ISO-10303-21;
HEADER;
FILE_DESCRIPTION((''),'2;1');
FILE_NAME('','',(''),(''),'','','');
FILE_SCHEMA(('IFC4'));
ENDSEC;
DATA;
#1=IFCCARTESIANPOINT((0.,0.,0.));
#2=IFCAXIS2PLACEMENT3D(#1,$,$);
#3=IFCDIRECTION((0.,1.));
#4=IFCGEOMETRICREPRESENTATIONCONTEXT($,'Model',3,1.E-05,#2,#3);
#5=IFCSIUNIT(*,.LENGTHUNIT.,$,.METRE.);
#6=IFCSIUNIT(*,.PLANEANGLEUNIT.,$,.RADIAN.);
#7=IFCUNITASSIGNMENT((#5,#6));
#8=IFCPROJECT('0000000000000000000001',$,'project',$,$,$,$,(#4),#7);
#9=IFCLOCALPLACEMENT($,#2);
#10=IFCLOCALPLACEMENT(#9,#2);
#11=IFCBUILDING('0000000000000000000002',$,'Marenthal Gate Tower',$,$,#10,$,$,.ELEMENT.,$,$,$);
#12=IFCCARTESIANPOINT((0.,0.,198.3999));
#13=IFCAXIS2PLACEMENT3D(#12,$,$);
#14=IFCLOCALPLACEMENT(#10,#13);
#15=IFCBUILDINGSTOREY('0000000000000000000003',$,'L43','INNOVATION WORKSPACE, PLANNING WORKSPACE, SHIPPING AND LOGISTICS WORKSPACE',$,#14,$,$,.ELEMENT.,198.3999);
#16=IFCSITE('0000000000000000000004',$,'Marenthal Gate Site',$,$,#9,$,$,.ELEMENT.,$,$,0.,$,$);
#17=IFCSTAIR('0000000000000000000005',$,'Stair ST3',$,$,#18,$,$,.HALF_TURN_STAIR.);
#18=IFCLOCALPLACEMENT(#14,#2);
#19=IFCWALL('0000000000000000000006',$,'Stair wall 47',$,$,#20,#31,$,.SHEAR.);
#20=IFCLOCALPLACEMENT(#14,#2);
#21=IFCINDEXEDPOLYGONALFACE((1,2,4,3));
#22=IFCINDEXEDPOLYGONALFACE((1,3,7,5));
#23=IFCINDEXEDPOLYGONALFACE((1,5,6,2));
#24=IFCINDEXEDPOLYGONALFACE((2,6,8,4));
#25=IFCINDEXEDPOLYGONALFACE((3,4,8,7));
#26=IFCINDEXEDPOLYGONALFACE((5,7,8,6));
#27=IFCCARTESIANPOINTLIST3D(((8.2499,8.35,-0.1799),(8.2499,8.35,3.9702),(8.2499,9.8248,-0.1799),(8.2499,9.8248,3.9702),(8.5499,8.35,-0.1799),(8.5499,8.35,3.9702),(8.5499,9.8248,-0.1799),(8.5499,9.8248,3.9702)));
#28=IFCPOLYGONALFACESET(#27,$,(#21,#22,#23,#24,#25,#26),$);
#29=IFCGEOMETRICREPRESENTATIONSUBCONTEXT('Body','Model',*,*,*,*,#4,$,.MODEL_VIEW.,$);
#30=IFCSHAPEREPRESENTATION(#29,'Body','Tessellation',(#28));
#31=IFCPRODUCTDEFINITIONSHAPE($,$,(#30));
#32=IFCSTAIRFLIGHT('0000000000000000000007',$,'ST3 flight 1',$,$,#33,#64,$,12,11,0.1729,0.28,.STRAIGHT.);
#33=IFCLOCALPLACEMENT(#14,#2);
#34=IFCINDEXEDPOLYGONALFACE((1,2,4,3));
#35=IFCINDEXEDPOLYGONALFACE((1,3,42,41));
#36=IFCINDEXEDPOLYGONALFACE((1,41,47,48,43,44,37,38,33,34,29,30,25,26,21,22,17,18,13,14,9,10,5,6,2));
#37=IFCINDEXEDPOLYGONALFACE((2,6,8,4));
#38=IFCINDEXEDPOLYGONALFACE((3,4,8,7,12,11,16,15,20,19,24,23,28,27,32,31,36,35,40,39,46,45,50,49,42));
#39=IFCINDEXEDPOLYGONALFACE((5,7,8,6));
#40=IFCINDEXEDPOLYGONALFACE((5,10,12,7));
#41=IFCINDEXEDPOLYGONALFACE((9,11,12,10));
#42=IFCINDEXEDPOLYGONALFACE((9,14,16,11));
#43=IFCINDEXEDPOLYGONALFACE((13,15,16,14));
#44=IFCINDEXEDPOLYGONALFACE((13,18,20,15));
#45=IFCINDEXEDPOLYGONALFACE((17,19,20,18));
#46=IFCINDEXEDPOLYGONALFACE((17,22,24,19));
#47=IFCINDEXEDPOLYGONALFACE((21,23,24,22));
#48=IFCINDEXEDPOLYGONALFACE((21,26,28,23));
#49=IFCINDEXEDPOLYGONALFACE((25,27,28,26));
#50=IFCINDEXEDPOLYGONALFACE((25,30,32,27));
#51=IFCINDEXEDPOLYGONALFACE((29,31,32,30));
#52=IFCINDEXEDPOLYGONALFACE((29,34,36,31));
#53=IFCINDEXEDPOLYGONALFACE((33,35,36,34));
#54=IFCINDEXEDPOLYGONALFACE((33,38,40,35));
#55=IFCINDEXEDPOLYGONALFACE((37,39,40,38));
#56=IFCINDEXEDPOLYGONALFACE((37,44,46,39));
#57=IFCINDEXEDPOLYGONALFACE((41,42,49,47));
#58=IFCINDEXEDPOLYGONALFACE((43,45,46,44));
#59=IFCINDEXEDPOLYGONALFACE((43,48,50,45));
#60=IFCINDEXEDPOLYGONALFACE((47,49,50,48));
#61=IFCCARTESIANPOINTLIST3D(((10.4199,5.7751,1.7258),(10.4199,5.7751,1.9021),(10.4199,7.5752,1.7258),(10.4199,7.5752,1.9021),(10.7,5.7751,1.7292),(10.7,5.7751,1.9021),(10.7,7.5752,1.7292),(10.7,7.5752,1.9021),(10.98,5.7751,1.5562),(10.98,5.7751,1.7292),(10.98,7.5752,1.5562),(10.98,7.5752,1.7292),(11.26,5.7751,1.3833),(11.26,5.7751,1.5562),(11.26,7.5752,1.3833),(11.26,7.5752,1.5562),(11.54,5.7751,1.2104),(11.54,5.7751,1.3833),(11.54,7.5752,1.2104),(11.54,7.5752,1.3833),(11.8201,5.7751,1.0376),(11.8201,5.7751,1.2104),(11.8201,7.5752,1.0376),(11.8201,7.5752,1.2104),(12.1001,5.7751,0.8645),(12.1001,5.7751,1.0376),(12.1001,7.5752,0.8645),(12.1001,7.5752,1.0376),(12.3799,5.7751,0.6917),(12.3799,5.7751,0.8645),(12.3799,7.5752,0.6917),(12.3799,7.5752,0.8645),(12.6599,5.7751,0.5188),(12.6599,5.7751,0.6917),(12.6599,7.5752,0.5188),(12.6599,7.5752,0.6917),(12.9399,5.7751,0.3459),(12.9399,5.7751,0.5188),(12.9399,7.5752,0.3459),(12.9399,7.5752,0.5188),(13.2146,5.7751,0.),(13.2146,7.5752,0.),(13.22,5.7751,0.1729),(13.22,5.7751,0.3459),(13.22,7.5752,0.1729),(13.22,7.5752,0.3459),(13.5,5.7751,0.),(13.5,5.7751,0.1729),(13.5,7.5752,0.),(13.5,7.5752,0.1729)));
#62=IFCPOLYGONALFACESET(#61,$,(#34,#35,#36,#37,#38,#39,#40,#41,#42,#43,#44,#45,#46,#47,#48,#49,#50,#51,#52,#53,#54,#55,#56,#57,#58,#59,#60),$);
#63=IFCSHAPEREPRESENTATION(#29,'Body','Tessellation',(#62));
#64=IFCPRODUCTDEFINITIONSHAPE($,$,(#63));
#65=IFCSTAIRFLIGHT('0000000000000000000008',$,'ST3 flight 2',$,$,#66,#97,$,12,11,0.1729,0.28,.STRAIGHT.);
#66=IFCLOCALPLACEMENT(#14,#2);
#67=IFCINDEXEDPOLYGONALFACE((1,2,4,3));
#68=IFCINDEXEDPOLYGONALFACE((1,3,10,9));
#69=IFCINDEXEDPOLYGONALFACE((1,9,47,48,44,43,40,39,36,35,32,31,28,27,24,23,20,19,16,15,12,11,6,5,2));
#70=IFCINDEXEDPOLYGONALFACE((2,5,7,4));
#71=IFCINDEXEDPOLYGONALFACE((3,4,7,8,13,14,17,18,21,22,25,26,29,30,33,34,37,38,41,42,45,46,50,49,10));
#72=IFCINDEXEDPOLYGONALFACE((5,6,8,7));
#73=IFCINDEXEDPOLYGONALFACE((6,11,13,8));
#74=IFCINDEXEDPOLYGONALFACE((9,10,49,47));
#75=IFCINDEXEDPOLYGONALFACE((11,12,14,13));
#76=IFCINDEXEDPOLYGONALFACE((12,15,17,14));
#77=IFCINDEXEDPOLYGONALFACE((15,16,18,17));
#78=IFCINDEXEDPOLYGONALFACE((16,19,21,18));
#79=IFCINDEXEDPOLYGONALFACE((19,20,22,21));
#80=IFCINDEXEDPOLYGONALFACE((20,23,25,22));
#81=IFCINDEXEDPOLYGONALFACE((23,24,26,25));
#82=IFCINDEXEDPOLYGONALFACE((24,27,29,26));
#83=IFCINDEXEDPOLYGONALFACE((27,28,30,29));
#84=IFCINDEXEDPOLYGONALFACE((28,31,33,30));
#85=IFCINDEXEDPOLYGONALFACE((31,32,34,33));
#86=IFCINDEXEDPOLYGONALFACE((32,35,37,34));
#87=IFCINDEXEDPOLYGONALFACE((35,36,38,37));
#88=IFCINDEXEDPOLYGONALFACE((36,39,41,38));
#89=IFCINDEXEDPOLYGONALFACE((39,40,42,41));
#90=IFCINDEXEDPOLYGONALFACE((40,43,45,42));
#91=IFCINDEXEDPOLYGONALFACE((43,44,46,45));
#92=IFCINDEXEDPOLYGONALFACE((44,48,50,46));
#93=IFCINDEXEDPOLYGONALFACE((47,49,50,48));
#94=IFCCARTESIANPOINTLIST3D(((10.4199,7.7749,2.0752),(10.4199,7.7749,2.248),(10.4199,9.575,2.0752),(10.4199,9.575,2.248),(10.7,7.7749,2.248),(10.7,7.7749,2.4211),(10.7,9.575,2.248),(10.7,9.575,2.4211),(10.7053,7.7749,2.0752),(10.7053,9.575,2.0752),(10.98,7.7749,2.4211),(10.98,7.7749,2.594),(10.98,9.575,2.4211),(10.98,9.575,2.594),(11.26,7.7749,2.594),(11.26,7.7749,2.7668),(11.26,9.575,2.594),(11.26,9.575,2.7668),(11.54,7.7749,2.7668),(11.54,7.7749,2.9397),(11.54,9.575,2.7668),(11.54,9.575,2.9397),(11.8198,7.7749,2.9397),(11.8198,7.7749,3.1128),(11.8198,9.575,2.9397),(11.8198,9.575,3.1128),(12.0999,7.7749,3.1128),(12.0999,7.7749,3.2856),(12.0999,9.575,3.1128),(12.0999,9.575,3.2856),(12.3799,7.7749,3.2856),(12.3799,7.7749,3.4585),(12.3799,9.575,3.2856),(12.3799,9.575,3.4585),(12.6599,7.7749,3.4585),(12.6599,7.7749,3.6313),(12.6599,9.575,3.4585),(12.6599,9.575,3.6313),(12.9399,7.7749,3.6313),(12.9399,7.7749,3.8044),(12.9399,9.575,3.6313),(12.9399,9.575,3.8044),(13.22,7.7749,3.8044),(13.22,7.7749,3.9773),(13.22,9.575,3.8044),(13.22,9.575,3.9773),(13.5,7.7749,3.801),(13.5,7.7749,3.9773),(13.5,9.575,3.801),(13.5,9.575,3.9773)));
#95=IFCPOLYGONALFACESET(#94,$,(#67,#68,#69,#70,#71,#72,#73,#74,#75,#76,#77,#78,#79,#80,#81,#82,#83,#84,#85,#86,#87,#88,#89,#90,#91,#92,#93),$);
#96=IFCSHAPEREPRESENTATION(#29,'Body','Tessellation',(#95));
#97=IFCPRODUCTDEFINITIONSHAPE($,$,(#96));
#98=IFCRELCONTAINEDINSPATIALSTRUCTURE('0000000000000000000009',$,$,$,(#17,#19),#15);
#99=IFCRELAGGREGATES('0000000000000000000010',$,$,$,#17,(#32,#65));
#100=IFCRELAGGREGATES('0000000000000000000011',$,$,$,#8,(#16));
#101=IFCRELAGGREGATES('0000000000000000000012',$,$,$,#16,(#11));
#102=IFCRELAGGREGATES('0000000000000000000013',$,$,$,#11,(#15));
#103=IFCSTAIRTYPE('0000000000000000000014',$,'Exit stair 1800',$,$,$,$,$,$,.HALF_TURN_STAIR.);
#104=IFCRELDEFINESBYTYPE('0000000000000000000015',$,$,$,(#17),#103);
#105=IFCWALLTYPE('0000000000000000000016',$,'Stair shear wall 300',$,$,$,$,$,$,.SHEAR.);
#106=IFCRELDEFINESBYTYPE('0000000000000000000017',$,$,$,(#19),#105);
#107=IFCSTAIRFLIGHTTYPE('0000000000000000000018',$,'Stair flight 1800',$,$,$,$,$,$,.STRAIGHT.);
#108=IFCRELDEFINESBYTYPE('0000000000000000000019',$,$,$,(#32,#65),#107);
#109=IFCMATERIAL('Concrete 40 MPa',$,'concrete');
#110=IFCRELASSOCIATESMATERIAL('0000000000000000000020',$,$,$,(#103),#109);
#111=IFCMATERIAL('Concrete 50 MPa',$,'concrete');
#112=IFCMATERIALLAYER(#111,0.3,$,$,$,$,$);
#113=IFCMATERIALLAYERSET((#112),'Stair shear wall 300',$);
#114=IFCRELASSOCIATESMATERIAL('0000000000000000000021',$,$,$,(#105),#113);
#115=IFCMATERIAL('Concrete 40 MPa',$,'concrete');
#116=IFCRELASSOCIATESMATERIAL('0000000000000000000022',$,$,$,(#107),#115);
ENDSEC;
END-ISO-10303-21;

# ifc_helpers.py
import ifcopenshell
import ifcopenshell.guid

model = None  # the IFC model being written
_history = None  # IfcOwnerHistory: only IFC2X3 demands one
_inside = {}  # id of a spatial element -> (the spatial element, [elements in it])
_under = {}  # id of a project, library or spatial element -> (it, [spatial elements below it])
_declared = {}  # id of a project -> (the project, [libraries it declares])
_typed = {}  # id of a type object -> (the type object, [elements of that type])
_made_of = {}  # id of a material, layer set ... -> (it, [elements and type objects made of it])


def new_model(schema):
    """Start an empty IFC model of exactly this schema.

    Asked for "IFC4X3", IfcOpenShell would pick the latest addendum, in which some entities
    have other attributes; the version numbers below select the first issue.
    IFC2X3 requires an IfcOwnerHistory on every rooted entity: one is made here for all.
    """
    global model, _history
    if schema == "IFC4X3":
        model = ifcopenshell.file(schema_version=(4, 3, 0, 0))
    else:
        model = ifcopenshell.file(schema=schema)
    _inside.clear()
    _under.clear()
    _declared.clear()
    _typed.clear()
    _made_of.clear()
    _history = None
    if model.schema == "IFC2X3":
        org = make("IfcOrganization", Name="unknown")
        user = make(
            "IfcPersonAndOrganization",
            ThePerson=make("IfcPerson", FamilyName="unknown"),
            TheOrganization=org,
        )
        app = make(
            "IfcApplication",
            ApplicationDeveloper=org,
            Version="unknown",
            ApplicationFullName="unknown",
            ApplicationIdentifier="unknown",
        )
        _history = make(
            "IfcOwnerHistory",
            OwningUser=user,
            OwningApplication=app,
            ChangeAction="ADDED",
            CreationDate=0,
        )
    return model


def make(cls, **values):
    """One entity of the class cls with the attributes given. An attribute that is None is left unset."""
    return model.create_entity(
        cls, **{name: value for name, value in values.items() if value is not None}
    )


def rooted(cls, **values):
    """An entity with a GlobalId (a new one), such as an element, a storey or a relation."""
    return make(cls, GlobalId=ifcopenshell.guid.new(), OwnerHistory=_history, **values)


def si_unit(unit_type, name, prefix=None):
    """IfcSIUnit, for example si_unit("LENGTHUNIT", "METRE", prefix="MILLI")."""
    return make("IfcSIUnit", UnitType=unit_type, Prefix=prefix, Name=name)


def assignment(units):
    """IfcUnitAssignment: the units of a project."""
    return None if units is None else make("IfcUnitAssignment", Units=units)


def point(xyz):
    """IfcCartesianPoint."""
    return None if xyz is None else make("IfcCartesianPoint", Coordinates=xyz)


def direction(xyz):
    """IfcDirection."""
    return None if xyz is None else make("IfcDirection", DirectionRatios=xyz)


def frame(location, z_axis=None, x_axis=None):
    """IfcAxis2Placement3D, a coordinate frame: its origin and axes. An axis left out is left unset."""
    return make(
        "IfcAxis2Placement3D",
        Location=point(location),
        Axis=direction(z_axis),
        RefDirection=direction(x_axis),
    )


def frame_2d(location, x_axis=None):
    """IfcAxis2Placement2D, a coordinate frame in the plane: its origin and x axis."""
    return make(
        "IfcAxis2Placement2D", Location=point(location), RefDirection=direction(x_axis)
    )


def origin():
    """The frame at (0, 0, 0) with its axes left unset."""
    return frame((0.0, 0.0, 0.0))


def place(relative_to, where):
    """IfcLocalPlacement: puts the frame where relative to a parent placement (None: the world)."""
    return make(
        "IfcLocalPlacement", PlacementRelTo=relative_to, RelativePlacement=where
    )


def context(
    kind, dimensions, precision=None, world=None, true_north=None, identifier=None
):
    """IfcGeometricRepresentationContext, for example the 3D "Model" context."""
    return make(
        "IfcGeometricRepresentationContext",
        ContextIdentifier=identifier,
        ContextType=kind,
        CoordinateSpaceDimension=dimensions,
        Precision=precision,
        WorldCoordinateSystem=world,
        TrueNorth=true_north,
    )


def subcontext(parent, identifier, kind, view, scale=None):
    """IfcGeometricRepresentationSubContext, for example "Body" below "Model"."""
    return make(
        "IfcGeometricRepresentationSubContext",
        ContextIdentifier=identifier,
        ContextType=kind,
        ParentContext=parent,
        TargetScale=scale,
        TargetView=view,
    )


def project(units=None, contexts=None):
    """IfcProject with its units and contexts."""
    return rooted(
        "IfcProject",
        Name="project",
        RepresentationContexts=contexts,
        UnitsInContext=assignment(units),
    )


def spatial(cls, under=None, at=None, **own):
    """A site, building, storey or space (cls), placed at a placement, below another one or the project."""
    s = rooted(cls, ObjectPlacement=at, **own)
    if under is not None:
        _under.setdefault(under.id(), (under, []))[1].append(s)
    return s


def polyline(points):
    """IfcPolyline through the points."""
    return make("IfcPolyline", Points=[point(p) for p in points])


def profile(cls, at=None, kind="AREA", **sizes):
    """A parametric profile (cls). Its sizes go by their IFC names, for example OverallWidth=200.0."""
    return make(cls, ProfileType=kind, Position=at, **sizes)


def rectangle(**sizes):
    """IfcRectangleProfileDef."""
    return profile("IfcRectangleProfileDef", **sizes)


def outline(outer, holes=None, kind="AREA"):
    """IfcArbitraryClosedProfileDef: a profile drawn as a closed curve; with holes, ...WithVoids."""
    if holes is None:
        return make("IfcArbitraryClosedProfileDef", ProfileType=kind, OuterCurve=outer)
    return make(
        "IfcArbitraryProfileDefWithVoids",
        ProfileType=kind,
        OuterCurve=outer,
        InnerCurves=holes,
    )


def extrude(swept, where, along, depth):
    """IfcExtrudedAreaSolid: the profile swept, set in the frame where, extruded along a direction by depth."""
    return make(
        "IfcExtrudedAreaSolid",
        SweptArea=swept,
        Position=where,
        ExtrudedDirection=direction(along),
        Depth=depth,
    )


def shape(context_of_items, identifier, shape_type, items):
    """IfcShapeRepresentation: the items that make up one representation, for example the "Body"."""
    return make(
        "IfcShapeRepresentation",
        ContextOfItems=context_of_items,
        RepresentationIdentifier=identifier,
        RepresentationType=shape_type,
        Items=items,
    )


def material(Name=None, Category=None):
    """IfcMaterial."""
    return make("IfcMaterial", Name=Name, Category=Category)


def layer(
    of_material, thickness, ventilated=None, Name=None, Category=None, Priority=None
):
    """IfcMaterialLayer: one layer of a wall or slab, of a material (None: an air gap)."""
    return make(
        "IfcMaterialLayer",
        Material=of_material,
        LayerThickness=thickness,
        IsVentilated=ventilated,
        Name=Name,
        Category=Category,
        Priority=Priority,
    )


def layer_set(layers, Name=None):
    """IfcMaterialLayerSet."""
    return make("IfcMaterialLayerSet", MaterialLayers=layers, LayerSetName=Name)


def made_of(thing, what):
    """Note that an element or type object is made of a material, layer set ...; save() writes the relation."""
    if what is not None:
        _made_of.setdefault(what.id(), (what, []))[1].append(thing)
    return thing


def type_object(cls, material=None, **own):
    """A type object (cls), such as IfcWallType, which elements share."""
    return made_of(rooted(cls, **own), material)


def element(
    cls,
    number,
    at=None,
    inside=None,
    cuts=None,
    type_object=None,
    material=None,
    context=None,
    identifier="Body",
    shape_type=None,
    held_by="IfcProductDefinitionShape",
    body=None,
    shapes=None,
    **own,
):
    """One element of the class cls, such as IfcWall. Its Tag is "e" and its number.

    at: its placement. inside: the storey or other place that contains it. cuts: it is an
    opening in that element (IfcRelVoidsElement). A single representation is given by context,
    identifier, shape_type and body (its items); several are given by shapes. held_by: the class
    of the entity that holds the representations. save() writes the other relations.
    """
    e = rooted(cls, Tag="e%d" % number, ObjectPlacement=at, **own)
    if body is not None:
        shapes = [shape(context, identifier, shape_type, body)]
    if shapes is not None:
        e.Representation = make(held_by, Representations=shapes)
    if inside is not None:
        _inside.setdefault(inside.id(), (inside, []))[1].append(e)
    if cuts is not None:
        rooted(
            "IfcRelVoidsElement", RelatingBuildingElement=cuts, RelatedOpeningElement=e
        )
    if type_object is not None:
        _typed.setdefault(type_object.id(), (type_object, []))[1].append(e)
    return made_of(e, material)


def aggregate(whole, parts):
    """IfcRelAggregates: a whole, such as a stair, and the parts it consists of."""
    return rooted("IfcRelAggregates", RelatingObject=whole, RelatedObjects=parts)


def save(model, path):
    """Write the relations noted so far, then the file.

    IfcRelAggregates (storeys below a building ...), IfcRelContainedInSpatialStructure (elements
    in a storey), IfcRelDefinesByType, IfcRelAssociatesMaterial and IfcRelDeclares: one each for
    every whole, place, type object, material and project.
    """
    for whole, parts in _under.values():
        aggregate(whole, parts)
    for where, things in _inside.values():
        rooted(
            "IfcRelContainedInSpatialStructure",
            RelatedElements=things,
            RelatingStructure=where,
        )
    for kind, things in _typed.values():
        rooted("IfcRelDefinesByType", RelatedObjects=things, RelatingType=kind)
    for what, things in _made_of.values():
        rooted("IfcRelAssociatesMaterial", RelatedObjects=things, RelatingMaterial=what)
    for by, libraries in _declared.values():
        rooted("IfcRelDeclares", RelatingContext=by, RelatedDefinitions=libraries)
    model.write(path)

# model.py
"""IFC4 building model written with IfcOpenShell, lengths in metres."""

from ifc_helpers import new_model, si_unit, direction, frame, frame_2d, origin, place, context, subcontext, project, spatial, polyline, rectangle, outline, extrude, material, layer, layer_set, type_object, element, aggregate, save


model = new_model("IFC4")

# Units and contexts
model_context = context("Model", 3, precision=1e-05, world=origin(), true_north=direction((0.0, 1.0)))
body_context = subcontext(model_context, "Body", "Model", "MODEL_VIEW")
ifc_project = project(units=[si_unit("LENGTHUNIT", "METRE"), si_unit("PLANEANGLEUNIT", "RADIAN")], contexts=[model_context])

# Site, building, storey
site_placement = place(None, origin())
site = spatial("IfcSite", under=ifc_project, at=site_placement, Name="Marenthal Gate Site", CompositionType="ELEMENT", RefElevation=0.0)
building_placement = place(site_placement, origin())
building = spatial("IfcBuilding", under=site, at=building_placement, Name="Marenthal Gate Tower", CompositionType="ELEMENT")
storey_placement = place(building_placement, frame((0.0, 0.0, 198.3999)))
storey = spatial("IfcBuildingStorey", under=building, at=storey_placement, Name="L43", Description="INNOVATION WORKSPACE, PLANNING WORKSPACE, SHIPPING AND LOGISTICS WORKSPACE", CompositionType="ELEMENT", Elevation=198.3999)

# Stair
ifc_material_1 = material(Name="Concrete 40 MPa", Category="concrete")
stair_type = type_object("IfcStairType", Name="Exit stair 1800", PredefinedType="HALF_TURN_STAIR", material=ifc_material_1)
stair_1_placement = place(storey_placement, origin())
stair_1 = element("IfcStair", 1, at=stair_1_placement, inside=storey, type_object=stair_type, Name="Stair ST3", PredefinedType="HALF_TURN_STAIR")

# Wall
ifc_material_2 = material(Name="Concrete 50 MPa", Category="concrete")
ifc_layer_1 = layer(ifc_material_2, 0.3)
ifc_layer_set_1 = layer_set([ifc_layer_1], Name="Stair shear wall 300")
wall_type_1 = type_object("IfcWallType", Name="Stair shear wall 300", PredefinedType="SHEAR", material=ifc_layer_set_1)
wall_1_placement = place(storey_placement, frame((8.3999, 8.3501, -0.1799), z_axis=(0.0, 0.0, 1.0), x_axis=(0.0, 1.0, 0.0)))
element("IfcWall", 2, at=wall_1_placement, inside=storey, type_object=wall_type_1, Name="Stair wall 47", PredefinedType="SHEAR", context=body_context, shape_type="SweptSolid", body=[
    extrude(rectangle(XDim=1.4749, YDim=0.3, at=frame_2d((0.7373, 0.0))), origin(), (0.0, 0.0, 1.0), 4.1501),
])

# Stair flights
ifc_material_3 = material(Name="Concrete 40 MPa", Category="concrete")
stair_flight_type = type_object("IfcStairFlightType", Name="Stair flight 1800", PredefinedType="STRAIGHT", material=ifc_material_3)
stair_flight_1_placement = place(storey_placement, frame((13.5, 6.675, 0.0), z_axis=(0.0, 0.0, 1.0), x_axis=(-1.0, 0.0, 0.0)))
stair_flight_1 = element("IfcStairFlight", 3, at=stair_flight_1_placement, type_object=stair_flight_type, Name="ST3 flight 1", NumberOfRisers=12, NumberOfTreads=11, PredefinedType="STRAIGHT", RiserHeight=0.1729, TreadLength=0.28, context=body_context, shape_type="SweptSolid", body=[
    extrude(outline(polyline([(0.0, 0.0), (0.0, 0.1729), (0.28, 0.1729), (0.28, 0.3459), (0.5601, 0.3459), (0.5601, 0.5188), (0.8401, 0.5188), (0.8401, 0.6917), (1.1201, 0.6917), (1.1201, 0.8645), (1.3999, 0.8645), (1.3999, 1.0376), (1.6799, 1.0376), (1.6799, 1.2104), (1.96, 1.2104), (1.96, 1.3833), (2.24, 1.3833), (2.24, 1.5562), (2.52, 1.5562), (2.52, 1.7292), (2.8, 1.7292), (2.8, 1.9021), (3.0801, 1.9021), (3.0801, 2.075), (3.0801, 1.7258), (0.2854, 0.0), (0.0, 0.0)])), frame((0.0, 0.8999, 0.0), z_axis=(0.0, -1.0, 0.0), x_axis=(1.0, 0.0, 0.0)), (0.0, 0.0, 1.0), 1.8),
])
stair_flight_2_placement = place(storey_placement, frame((10.4199, 8.675, 2.0752), z_axis=(0.0, 0.0, 1.0), x_axis=(1.0, 0.0, 0.0)))
stair_flight_2 = element("IfcStairFlight", 4, at=stair_flight_2_placement, type_object=stair_flight_type, Name="ST3 flight 2", NumberOfRisers=12, NumberOfTreads=11, PredefinedType="STRAIGHT", RiserHeight=0.1729, TreadLength=0.28, context=body_context, shape_type="SweptSolid", body=[
    extrude(outline(polyline([(0.0, 0.0), (0.0, 0.1729), (0.28, 0.1729), (0.28, 0.3459), (0.5601, 0.3459), (0.5601, 0.5188), (0.8401, 0.5188), (0.8401, 0.6917), (1.1201, 0.6917), (1.1201, 0.8645), (1.3999, 0.8645), (1.3999, 1.0376), (1.6799, 1.0376), (1.6799, 1.2104), (1.96, 1.2104), (1.96, 1.3833), (2.24, 1.3833), (2.24, 1.5562), (2.52, 1.5562), (2.52, 1.7292), (2.8, 1.7292), (2.8, 1.9021), (3.0801, 1.9021), (3.0801, 2.075), (3.0801, 1.7258), (0.2854, 0.0), (0.0, 0.0)])), frame((0.0, 0.8999, 0.0), z_axis=(0.0, -1.0, 0.0), x_axis=(1.0, 0.0, 0.0)), (0.0, 0.0, 1.0), 1.8),
])
aggregate(stair_1, [stair_flight_1, stair_flight_2])

save(model, "model.ifc")
